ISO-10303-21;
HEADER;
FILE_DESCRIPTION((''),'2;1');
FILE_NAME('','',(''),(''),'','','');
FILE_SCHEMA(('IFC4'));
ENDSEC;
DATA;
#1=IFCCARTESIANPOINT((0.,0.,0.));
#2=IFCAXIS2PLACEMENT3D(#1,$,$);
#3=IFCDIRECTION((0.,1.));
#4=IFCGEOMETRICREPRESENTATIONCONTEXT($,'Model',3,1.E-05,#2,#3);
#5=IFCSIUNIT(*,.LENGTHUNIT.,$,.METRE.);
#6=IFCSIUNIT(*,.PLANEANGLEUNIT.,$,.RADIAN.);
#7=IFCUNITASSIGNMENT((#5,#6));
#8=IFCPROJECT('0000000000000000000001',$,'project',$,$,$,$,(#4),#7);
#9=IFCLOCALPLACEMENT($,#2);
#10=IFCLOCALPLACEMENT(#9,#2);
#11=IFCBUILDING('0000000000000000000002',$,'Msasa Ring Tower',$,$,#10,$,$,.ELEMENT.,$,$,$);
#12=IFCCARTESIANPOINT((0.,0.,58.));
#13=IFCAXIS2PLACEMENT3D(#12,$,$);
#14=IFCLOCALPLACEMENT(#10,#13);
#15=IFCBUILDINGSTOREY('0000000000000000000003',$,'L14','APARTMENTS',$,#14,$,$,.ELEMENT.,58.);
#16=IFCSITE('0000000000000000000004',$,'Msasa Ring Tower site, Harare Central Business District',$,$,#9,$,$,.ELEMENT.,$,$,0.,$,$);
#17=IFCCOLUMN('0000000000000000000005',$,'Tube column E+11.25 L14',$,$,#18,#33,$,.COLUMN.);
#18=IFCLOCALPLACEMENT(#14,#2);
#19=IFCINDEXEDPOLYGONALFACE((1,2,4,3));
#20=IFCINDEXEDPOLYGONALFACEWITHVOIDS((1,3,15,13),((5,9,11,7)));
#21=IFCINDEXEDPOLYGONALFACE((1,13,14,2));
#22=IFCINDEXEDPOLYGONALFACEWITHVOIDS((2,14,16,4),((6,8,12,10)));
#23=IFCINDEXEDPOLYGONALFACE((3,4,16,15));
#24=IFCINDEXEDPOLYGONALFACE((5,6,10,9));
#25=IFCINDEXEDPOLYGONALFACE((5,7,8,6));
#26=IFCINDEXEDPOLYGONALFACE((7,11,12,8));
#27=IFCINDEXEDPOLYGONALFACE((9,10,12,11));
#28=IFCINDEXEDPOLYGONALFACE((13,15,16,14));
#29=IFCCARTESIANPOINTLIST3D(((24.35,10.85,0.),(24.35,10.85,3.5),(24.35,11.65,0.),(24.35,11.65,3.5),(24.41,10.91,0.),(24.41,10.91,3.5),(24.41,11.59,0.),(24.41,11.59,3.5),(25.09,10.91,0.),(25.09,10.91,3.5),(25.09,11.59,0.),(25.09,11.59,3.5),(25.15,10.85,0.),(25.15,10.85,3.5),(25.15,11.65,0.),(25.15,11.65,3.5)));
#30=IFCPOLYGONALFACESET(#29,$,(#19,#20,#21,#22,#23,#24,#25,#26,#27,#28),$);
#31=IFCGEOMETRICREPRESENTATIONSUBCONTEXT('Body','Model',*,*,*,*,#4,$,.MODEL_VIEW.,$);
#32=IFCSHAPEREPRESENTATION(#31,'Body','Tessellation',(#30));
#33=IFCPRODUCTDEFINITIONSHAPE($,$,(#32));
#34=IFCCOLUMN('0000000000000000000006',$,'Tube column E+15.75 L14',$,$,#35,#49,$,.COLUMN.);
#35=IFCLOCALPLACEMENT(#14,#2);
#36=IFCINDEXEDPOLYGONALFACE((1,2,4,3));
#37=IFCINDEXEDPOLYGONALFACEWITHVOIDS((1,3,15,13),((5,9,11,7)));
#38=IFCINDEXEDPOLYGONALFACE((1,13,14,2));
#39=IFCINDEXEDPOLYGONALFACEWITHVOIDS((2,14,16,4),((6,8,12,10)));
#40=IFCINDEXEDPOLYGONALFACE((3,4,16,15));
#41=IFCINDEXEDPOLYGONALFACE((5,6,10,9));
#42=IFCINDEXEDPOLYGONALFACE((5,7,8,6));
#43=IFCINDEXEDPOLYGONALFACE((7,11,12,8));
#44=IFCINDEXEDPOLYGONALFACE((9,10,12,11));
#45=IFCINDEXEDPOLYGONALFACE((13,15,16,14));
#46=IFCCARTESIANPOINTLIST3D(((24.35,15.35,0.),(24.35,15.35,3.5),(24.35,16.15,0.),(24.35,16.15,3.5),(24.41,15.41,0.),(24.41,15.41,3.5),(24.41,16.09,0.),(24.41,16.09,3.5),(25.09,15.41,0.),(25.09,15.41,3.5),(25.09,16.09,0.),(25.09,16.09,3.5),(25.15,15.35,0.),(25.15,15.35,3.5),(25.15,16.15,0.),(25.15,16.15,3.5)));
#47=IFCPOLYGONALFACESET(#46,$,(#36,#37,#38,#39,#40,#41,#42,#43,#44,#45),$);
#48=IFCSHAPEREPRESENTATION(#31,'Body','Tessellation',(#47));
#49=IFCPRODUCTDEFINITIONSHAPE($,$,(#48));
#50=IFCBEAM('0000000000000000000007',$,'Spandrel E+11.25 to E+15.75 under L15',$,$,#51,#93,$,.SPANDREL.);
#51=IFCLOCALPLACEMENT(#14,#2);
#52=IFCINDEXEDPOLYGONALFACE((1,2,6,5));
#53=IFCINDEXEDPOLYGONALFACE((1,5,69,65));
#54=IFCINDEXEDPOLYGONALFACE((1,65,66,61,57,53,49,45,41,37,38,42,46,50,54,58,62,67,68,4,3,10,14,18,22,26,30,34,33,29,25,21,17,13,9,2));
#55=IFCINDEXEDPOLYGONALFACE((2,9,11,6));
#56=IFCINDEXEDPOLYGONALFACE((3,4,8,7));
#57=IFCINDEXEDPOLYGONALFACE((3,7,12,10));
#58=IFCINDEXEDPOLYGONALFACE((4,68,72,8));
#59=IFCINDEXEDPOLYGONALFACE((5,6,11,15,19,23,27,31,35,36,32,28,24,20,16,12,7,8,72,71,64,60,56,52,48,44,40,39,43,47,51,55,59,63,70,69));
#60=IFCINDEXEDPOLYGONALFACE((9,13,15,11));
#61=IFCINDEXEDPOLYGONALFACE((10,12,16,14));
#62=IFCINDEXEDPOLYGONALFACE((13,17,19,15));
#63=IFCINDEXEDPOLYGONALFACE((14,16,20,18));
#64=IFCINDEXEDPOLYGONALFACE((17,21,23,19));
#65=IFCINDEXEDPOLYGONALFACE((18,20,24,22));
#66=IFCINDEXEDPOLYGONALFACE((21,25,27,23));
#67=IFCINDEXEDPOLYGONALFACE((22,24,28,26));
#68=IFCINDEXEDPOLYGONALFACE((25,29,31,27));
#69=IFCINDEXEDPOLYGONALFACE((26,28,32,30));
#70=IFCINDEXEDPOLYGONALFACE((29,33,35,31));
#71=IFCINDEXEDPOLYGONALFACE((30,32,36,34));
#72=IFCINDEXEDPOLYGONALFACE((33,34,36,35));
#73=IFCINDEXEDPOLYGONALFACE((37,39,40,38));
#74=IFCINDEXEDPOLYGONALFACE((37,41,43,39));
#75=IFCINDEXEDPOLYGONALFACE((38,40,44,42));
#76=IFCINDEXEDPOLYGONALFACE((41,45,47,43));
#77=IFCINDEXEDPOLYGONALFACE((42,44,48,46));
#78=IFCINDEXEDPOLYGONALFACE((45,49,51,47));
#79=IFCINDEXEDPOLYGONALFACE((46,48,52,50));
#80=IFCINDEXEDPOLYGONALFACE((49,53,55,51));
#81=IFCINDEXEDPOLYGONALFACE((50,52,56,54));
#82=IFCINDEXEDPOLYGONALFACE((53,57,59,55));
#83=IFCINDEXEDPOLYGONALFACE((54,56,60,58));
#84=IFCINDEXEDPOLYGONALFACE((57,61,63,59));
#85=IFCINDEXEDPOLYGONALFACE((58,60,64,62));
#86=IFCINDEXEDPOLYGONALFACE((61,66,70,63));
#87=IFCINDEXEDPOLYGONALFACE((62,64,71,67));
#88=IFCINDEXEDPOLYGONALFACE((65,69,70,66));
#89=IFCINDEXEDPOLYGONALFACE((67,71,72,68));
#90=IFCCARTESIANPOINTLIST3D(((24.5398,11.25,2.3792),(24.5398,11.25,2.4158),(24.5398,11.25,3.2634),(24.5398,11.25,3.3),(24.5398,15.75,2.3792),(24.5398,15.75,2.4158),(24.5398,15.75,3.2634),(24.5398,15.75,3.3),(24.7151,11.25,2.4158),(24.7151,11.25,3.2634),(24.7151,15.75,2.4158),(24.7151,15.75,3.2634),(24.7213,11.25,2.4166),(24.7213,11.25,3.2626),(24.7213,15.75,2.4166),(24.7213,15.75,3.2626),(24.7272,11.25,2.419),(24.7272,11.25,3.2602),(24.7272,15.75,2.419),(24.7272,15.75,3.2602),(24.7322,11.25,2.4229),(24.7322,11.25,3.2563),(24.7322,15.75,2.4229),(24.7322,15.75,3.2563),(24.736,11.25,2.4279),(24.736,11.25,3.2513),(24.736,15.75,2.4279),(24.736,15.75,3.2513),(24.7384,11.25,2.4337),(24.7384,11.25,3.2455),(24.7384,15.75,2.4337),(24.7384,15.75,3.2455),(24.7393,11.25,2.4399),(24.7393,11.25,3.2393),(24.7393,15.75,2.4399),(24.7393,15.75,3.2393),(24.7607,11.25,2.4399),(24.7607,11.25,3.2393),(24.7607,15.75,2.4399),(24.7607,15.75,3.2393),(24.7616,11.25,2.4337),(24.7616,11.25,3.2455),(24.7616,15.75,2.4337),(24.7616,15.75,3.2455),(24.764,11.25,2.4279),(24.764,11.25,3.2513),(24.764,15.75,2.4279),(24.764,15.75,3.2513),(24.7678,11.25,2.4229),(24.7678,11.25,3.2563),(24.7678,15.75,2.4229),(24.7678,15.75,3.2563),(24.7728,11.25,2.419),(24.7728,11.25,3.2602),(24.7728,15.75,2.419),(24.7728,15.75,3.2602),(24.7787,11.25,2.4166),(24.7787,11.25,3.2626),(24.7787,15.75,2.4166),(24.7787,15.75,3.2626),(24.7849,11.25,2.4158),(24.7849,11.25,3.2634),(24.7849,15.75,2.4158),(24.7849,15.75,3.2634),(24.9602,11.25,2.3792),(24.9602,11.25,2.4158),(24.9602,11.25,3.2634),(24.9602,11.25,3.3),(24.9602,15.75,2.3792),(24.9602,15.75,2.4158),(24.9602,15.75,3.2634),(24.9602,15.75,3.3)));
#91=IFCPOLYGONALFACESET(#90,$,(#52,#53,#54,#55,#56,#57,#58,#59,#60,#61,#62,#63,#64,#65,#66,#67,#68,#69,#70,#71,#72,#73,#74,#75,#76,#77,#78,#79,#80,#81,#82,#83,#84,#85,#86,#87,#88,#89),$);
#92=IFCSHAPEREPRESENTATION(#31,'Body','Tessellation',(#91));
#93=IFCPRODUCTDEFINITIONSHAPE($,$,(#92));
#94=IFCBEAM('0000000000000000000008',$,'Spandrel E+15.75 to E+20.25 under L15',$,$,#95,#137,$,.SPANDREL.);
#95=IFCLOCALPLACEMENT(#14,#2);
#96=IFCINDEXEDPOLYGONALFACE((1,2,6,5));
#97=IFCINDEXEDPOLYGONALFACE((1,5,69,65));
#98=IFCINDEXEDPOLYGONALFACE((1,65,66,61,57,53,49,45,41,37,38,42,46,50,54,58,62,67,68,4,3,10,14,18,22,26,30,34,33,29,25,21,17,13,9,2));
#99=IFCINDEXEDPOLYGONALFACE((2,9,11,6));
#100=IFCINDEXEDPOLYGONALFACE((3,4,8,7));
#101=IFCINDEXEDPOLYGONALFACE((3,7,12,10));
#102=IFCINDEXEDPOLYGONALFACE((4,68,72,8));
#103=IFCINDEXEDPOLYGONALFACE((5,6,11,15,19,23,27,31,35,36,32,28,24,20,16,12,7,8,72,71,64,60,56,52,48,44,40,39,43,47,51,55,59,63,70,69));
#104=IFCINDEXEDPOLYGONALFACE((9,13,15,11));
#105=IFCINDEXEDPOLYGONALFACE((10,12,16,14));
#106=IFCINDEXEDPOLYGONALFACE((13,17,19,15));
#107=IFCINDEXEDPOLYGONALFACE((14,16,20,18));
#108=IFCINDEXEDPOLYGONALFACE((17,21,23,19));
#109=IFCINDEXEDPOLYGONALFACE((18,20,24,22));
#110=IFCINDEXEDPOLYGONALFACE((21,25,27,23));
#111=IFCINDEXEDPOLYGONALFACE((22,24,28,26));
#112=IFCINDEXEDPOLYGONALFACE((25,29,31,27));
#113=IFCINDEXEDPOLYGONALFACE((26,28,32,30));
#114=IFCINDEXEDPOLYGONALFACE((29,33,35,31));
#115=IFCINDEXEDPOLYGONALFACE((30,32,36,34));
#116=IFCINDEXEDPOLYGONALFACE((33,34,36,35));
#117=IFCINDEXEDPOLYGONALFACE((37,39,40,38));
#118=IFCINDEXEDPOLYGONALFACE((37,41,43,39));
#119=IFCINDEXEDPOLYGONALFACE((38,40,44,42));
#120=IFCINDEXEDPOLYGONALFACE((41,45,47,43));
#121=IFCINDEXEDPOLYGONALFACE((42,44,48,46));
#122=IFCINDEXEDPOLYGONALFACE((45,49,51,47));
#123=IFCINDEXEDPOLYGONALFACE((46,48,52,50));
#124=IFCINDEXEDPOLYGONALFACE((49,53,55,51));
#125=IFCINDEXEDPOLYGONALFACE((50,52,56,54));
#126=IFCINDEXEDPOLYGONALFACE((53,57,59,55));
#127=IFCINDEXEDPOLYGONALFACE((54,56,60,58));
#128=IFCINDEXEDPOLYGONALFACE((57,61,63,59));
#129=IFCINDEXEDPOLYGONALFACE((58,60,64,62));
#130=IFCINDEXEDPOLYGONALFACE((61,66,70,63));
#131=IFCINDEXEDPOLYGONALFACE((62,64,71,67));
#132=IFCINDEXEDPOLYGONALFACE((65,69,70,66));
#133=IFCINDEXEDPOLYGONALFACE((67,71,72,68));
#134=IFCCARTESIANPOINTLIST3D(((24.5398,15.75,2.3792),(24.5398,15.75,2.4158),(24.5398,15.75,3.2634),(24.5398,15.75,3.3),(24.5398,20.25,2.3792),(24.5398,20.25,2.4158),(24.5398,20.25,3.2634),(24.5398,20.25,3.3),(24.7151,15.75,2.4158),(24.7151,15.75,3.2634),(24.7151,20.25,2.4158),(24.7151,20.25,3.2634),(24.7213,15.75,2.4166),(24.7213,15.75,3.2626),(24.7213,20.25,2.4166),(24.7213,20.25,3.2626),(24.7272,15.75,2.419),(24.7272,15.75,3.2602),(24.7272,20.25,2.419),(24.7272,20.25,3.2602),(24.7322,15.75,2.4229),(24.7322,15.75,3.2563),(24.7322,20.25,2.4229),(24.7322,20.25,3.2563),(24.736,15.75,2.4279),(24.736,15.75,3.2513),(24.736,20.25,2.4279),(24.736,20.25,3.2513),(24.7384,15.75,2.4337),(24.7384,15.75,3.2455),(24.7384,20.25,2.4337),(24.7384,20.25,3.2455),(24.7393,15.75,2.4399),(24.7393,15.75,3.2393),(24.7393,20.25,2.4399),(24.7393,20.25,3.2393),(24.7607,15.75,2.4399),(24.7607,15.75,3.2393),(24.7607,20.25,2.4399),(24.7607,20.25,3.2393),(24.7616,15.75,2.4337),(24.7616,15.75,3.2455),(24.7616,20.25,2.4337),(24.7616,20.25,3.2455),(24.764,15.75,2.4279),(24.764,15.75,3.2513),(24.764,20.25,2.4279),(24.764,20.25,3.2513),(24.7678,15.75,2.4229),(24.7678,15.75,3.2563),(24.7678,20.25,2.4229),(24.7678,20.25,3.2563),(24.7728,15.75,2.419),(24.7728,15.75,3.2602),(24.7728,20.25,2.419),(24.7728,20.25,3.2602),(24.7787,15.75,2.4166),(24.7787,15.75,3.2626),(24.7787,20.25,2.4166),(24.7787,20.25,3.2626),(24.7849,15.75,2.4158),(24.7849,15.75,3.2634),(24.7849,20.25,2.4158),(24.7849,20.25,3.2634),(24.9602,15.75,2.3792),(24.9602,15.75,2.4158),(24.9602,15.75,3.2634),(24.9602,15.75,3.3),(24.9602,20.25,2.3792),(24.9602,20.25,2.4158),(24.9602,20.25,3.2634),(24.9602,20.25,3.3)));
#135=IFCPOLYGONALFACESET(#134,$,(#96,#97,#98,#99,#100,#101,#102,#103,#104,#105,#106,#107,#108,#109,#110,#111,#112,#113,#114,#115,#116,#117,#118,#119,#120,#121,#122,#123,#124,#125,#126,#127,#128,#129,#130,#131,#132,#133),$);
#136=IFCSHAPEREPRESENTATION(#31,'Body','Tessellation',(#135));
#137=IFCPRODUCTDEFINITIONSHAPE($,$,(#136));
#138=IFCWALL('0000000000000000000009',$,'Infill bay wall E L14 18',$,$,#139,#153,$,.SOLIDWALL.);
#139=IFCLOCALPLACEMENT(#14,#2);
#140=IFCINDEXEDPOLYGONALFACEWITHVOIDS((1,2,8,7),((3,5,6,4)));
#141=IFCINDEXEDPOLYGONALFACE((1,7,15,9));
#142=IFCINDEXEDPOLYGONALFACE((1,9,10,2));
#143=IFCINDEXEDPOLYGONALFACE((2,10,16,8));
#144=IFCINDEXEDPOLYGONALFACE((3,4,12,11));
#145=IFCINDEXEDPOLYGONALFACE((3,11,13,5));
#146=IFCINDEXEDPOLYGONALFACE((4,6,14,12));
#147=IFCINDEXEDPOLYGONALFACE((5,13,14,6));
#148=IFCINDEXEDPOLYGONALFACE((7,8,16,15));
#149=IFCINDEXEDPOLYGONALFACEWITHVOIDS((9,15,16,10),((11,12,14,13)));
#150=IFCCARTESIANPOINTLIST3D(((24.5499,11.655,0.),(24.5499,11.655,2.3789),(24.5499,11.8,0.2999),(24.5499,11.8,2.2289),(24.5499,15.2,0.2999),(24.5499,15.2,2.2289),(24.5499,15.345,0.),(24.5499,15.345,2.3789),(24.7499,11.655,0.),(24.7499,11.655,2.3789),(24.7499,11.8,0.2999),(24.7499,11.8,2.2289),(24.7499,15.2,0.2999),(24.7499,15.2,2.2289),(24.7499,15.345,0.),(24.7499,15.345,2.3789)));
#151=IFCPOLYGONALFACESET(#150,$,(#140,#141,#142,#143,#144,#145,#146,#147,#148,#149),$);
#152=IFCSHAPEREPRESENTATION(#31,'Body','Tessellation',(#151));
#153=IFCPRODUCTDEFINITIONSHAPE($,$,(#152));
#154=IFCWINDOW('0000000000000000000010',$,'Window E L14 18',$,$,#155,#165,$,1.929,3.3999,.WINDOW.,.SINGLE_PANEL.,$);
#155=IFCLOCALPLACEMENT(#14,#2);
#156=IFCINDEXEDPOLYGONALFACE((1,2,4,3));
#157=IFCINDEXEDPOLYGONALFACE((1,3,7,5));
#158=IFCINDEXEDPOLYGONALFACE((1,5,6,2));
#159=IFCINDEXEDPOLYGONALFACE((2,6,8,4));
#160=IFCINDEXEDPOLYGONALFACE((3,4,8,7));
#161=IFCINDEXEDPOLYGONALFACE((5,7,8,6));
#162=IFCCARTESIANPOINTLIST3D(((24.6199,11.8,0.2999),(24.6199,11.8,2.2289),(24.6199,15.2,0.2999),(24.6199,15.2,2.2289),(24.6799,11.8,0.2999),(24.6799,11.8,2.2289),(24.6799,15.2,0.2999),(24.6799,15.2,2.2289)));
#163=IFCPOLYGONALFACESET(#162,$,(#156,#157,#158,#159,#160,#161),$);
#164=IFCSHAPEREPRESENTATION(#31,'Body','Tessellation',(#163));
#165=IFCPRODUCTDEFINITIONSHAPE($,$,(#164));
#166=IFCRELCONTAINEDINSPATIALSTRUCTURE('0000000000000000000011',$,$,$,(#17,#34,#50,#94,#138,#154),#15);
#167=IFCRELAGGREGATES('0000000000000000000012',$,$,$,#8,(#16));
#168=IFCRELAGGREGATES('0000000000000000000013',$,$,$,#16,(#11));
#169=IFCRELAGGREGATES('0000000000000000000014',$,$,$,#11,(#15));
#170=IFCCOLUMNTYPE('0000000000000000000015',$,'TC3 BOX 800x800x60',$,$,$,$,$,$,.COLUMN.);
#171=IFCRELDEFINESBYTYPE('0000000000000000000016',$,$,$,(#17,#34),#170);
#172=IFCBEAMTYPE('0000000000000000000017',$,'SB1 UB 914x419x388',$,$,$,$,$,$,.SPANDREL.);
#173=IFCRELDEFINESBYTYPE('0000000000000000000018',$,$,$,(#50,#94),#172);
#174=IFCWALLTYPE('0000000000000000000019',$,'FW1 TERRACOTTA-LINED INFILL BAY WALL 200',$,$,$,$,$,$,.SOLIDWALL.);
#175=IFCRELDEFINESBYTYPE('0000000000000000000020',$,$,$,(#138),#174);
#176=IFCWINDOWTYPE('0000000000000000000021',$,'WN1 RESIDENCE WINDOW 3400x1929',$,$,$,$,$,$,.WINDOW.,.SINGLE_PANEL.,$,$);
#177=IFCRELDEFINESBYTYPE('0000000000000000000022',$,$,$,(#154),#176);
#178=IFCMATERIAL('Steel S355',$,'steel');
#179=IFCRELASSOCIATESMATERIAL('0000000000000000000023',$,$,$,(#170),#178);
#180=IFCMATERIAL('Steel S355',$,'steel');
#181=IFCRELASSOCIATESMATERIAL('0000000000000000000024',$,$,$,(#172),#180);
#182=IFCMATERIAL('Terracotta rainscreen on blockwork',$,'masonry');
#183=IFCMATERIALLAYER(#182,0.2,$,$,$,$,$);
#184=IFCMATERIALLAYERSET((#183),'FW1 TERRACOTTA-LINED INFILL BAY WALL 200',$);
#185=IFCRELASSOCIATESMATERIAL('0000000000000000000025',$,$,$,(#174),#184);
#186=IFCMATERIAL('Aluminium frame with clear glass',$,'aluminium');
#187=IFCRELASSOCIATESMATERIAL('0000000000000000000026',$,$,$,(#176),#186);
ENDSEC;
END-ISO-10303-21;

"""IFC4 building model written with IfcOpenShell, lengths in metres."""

from ifc_helpers import new_model, si_unit, direction, frame, frame_2d, origin, origin_2d, place, context, subcontext, project, spatial, rectangle, hollow_rectangle, i_section, extrude, material, layer, layer_set, material_profile, profile_set, type_object, element, fill, save


model = new_model("IFC4")

# Units and contexts
model_context = context("Model", 3, precision=1e-05, world=origin(), true_north=direction((0.0, 1.0)))
body_context = subcontext(model_context, "Body", "Model", "MODEL_VIEW")
ifc_project = project(units=[si_unit("LENGTHUNIT", "METRE"), si_unit("PLANEANGLEUNIT", "RADIAN")], contexts=[model_context])

# Site, building, storey
site_placement = place(None, origin())
site = spatial("IfcSite", under=ifc_project, at=site_placement, Name="Msasa Ring Tower site, Harare Central Business District", CompositionType="ELEMENT", RefElevation=0.0)
building_placement = place(site_placement, origin())
building = spatial("IfcBuilding", under=site, at=building_placement, Name="Msasa Ring Tower", CompositionType="ELEMENT")
storey_placement = place(building_placement, frame((0.0, 0.0, 58.0)))
storey = spatial("IfcBuildingStorey", under=building, at=storey_placement, Name="L14", Description="APARTMENTS", CompositionType="ELEMENT", Elevation=58.0)

# Columns
ifc_material_1 = material(Name="Steel S355", Category="steel")
ifc_material_profile_1 = material_profile(ifc_material_1, hollow_rectangle(XDim=0.8, YDim=0.8, WallThickness=0.0601, at=origin_2d()), Name="BOX 800x800x60")
ifc_profile_set_1 = profile_set([ifc_material_profile_1], Name="Steel S355")
column_type = type_object("IfcColumnType", Name="TC3 BOX 800x800x60", PredefinedType="COLUMN", material=ifc_profile_set_1)
for number, where, z_axis, x_axis, name in (
    (1, (24.75, 11.25, 0.0), (0.0, 0.0, 1.0), (1.0, 0.0, 0.0), "Tube column E+11.25 L14"),
    (2, (24.75, 15.75, 0.0), (0.0, 0.0, 1.0), (1.0, 0.0, 0.0), "Tube column E+15.75 L14"),
):
    element("IfcColumn", number, at=place(storey_placement, frame(where, z_axis=z_axis, x_axis=x_axis)), inside=storey, type_object=column_type, Name=name, PredefinedType="COLUMN", context=body_context, shape_type="SweptSolid", body=[
        extrude(hollow_rectangle(XDim=0.8, YDim=0.8, WallThickness=0.0601, at=origin_2d()), origin(), (0.0, 0.0, 1.0), 3.5),
    ])

# Beams
ifc_material_2 = material(Name="Steel S355", Category="steel")
ifc_material_profile_2 = material_profile(ifc_material_2, i_section(OverallWidth=0.4204, OverallDepth=0.9209, WebThickness=0.0215, FlangeThickness=0.0366, FilletRadius=0.0242, at=origin_2d()), Name="UB 914x419x388")
ifc_profile_set_2 = profile_set([ifc_material_profile_2], Name="Steel S355")
beam_type = type_object("IfcBeamType", Name="SB1 UB 914x419x388", PredefinedType="SPANDREL", material=ifc_profile_set_2)
for number, where, z_axis, x_axis, name in (
    (3, (24.75, 11.25, 2.8396), (0.0, 1.0, 0.0), (-1.0, 0.0, 0.0), "Spandrel E+11.25 to E+15.75 under L15"),
    (4, (24.75, 15.75, 2.8396), (0.0, 1.0, 0.0), (-1.0, 0.0, 0.0), "Spandrel E+15.75 to E+20.25 under L15"),
):
    element("IfcBeam", number, at=place(storey_placement, frame(where, z_axis=z_axis, x_axis=x_axis)), inside=storey, type_object=beam_type, Name=name, PredefinedType="SPANDREL", context=body_context, shape_type="SweptSolid", body=[
        extrude(i_section(OverallWidth=0.4204, OverallDepth=0.9209, WebThickness=0.0215, FlangeThickness=0.0366, FilletRadius=0.0242, at=origin_2d()), origin(), (0.0, 0.0, 1.0), 4.5),
    ])

# Wall, opening, window
ifc_material_3 = material(Name="Terracotta rainscreen on blockwork", Category="masonry")
ifc_layer_1 = layer(ifc_material_3, 0.2)
ifc_layer_set_1 = layer_set([ifc_layer_1], Name="FW1 TERRACOTTA-LINED INFILL BAY WALL 200")
wall_type_1 = type_object("IfcWallType", Name="FW1 TERRACOTTA-LINED INFILL BAY WALL 200", PredefinedType="SOLIDWALL", material=ifc_layer_set_1)
wall_1_placement = place(storey_placement, frame((24.6499, 11.655, 0.0), z_axis=(0.0, 0.0, 1.0), x_axis=(0.0, 1.0, 0.0)))
wall_1 = element("IfcWall", 5, at=wall_1_placement, inside=storey, type_object=wall_type_1, Name="Infill bay wall E L14 18", PredefinedType="SOLIDWALL", context=body_context, shape_type="SweptSolid", body=[
    extrude(rectangle(XDim=3.6899, YDim=0.2, at=frame_2d((1.845, 0.0))), origin(), (0.0, 0.0, 1.0), 2.3789),
])
opening_1_placement = place(wall_1_placement, frame((0.145, 0.0, 0.3)))
opening_1 = element("IfcOpeningElement", 6, at=opening_1_placement, cuts=wall_1, PredefinedType="OPENING", context=body_context, shape_type="SweptSolid", body=[
    extrude(rectangle(XDim=3.3999, YDim=1.929, at=frame_2d((1.7, 0.9644))), frame((0.0, 0.1099, 0.0), z_axis=(0.0, -1.0, 0.0), x_axis=(1.0, 0.0, 0.0)), (0.0, 0.0, 1.0), 0.22),
])
ifc_material_4 = material(Name="Aluminium frame with clear glass", Category="aluminium")
window_type = type_object("IfcWindowType", Name="WN1 RESIDENCE WINDOW 3400x1929", PartitioningType="SINGLE_PANEL", PredefinedType="WINDOW", material=ifc_material_4)
window_1_placement = place(opening_1_placement, origin())
window_1 = element("IfcWindow", 7, at=window_1_placement, inside=storey, type_object=window_type, Name="Window E L14 18", OverallHeight=1.929, OverallWidth=3.3999, PartitioningType="SINGLE_PANEL", PredefinedType="WINDOW", context=body_context, shape_type="SweptSolid", body=[
    extrude(rectangle(XDim=3.3999, YDim=1.929, at=frame_2d((1.7, 0.9644))), frame((0.0, 0.03, 0.0), z_axis=(0.0, -1.0, 0.0), x_axis=(1.0, 0.0, 0.0)), (0.0, 0.0, 1.0), 0.0601),
])
fill(opening_1, window_1)

save(model, "model.ifc")
